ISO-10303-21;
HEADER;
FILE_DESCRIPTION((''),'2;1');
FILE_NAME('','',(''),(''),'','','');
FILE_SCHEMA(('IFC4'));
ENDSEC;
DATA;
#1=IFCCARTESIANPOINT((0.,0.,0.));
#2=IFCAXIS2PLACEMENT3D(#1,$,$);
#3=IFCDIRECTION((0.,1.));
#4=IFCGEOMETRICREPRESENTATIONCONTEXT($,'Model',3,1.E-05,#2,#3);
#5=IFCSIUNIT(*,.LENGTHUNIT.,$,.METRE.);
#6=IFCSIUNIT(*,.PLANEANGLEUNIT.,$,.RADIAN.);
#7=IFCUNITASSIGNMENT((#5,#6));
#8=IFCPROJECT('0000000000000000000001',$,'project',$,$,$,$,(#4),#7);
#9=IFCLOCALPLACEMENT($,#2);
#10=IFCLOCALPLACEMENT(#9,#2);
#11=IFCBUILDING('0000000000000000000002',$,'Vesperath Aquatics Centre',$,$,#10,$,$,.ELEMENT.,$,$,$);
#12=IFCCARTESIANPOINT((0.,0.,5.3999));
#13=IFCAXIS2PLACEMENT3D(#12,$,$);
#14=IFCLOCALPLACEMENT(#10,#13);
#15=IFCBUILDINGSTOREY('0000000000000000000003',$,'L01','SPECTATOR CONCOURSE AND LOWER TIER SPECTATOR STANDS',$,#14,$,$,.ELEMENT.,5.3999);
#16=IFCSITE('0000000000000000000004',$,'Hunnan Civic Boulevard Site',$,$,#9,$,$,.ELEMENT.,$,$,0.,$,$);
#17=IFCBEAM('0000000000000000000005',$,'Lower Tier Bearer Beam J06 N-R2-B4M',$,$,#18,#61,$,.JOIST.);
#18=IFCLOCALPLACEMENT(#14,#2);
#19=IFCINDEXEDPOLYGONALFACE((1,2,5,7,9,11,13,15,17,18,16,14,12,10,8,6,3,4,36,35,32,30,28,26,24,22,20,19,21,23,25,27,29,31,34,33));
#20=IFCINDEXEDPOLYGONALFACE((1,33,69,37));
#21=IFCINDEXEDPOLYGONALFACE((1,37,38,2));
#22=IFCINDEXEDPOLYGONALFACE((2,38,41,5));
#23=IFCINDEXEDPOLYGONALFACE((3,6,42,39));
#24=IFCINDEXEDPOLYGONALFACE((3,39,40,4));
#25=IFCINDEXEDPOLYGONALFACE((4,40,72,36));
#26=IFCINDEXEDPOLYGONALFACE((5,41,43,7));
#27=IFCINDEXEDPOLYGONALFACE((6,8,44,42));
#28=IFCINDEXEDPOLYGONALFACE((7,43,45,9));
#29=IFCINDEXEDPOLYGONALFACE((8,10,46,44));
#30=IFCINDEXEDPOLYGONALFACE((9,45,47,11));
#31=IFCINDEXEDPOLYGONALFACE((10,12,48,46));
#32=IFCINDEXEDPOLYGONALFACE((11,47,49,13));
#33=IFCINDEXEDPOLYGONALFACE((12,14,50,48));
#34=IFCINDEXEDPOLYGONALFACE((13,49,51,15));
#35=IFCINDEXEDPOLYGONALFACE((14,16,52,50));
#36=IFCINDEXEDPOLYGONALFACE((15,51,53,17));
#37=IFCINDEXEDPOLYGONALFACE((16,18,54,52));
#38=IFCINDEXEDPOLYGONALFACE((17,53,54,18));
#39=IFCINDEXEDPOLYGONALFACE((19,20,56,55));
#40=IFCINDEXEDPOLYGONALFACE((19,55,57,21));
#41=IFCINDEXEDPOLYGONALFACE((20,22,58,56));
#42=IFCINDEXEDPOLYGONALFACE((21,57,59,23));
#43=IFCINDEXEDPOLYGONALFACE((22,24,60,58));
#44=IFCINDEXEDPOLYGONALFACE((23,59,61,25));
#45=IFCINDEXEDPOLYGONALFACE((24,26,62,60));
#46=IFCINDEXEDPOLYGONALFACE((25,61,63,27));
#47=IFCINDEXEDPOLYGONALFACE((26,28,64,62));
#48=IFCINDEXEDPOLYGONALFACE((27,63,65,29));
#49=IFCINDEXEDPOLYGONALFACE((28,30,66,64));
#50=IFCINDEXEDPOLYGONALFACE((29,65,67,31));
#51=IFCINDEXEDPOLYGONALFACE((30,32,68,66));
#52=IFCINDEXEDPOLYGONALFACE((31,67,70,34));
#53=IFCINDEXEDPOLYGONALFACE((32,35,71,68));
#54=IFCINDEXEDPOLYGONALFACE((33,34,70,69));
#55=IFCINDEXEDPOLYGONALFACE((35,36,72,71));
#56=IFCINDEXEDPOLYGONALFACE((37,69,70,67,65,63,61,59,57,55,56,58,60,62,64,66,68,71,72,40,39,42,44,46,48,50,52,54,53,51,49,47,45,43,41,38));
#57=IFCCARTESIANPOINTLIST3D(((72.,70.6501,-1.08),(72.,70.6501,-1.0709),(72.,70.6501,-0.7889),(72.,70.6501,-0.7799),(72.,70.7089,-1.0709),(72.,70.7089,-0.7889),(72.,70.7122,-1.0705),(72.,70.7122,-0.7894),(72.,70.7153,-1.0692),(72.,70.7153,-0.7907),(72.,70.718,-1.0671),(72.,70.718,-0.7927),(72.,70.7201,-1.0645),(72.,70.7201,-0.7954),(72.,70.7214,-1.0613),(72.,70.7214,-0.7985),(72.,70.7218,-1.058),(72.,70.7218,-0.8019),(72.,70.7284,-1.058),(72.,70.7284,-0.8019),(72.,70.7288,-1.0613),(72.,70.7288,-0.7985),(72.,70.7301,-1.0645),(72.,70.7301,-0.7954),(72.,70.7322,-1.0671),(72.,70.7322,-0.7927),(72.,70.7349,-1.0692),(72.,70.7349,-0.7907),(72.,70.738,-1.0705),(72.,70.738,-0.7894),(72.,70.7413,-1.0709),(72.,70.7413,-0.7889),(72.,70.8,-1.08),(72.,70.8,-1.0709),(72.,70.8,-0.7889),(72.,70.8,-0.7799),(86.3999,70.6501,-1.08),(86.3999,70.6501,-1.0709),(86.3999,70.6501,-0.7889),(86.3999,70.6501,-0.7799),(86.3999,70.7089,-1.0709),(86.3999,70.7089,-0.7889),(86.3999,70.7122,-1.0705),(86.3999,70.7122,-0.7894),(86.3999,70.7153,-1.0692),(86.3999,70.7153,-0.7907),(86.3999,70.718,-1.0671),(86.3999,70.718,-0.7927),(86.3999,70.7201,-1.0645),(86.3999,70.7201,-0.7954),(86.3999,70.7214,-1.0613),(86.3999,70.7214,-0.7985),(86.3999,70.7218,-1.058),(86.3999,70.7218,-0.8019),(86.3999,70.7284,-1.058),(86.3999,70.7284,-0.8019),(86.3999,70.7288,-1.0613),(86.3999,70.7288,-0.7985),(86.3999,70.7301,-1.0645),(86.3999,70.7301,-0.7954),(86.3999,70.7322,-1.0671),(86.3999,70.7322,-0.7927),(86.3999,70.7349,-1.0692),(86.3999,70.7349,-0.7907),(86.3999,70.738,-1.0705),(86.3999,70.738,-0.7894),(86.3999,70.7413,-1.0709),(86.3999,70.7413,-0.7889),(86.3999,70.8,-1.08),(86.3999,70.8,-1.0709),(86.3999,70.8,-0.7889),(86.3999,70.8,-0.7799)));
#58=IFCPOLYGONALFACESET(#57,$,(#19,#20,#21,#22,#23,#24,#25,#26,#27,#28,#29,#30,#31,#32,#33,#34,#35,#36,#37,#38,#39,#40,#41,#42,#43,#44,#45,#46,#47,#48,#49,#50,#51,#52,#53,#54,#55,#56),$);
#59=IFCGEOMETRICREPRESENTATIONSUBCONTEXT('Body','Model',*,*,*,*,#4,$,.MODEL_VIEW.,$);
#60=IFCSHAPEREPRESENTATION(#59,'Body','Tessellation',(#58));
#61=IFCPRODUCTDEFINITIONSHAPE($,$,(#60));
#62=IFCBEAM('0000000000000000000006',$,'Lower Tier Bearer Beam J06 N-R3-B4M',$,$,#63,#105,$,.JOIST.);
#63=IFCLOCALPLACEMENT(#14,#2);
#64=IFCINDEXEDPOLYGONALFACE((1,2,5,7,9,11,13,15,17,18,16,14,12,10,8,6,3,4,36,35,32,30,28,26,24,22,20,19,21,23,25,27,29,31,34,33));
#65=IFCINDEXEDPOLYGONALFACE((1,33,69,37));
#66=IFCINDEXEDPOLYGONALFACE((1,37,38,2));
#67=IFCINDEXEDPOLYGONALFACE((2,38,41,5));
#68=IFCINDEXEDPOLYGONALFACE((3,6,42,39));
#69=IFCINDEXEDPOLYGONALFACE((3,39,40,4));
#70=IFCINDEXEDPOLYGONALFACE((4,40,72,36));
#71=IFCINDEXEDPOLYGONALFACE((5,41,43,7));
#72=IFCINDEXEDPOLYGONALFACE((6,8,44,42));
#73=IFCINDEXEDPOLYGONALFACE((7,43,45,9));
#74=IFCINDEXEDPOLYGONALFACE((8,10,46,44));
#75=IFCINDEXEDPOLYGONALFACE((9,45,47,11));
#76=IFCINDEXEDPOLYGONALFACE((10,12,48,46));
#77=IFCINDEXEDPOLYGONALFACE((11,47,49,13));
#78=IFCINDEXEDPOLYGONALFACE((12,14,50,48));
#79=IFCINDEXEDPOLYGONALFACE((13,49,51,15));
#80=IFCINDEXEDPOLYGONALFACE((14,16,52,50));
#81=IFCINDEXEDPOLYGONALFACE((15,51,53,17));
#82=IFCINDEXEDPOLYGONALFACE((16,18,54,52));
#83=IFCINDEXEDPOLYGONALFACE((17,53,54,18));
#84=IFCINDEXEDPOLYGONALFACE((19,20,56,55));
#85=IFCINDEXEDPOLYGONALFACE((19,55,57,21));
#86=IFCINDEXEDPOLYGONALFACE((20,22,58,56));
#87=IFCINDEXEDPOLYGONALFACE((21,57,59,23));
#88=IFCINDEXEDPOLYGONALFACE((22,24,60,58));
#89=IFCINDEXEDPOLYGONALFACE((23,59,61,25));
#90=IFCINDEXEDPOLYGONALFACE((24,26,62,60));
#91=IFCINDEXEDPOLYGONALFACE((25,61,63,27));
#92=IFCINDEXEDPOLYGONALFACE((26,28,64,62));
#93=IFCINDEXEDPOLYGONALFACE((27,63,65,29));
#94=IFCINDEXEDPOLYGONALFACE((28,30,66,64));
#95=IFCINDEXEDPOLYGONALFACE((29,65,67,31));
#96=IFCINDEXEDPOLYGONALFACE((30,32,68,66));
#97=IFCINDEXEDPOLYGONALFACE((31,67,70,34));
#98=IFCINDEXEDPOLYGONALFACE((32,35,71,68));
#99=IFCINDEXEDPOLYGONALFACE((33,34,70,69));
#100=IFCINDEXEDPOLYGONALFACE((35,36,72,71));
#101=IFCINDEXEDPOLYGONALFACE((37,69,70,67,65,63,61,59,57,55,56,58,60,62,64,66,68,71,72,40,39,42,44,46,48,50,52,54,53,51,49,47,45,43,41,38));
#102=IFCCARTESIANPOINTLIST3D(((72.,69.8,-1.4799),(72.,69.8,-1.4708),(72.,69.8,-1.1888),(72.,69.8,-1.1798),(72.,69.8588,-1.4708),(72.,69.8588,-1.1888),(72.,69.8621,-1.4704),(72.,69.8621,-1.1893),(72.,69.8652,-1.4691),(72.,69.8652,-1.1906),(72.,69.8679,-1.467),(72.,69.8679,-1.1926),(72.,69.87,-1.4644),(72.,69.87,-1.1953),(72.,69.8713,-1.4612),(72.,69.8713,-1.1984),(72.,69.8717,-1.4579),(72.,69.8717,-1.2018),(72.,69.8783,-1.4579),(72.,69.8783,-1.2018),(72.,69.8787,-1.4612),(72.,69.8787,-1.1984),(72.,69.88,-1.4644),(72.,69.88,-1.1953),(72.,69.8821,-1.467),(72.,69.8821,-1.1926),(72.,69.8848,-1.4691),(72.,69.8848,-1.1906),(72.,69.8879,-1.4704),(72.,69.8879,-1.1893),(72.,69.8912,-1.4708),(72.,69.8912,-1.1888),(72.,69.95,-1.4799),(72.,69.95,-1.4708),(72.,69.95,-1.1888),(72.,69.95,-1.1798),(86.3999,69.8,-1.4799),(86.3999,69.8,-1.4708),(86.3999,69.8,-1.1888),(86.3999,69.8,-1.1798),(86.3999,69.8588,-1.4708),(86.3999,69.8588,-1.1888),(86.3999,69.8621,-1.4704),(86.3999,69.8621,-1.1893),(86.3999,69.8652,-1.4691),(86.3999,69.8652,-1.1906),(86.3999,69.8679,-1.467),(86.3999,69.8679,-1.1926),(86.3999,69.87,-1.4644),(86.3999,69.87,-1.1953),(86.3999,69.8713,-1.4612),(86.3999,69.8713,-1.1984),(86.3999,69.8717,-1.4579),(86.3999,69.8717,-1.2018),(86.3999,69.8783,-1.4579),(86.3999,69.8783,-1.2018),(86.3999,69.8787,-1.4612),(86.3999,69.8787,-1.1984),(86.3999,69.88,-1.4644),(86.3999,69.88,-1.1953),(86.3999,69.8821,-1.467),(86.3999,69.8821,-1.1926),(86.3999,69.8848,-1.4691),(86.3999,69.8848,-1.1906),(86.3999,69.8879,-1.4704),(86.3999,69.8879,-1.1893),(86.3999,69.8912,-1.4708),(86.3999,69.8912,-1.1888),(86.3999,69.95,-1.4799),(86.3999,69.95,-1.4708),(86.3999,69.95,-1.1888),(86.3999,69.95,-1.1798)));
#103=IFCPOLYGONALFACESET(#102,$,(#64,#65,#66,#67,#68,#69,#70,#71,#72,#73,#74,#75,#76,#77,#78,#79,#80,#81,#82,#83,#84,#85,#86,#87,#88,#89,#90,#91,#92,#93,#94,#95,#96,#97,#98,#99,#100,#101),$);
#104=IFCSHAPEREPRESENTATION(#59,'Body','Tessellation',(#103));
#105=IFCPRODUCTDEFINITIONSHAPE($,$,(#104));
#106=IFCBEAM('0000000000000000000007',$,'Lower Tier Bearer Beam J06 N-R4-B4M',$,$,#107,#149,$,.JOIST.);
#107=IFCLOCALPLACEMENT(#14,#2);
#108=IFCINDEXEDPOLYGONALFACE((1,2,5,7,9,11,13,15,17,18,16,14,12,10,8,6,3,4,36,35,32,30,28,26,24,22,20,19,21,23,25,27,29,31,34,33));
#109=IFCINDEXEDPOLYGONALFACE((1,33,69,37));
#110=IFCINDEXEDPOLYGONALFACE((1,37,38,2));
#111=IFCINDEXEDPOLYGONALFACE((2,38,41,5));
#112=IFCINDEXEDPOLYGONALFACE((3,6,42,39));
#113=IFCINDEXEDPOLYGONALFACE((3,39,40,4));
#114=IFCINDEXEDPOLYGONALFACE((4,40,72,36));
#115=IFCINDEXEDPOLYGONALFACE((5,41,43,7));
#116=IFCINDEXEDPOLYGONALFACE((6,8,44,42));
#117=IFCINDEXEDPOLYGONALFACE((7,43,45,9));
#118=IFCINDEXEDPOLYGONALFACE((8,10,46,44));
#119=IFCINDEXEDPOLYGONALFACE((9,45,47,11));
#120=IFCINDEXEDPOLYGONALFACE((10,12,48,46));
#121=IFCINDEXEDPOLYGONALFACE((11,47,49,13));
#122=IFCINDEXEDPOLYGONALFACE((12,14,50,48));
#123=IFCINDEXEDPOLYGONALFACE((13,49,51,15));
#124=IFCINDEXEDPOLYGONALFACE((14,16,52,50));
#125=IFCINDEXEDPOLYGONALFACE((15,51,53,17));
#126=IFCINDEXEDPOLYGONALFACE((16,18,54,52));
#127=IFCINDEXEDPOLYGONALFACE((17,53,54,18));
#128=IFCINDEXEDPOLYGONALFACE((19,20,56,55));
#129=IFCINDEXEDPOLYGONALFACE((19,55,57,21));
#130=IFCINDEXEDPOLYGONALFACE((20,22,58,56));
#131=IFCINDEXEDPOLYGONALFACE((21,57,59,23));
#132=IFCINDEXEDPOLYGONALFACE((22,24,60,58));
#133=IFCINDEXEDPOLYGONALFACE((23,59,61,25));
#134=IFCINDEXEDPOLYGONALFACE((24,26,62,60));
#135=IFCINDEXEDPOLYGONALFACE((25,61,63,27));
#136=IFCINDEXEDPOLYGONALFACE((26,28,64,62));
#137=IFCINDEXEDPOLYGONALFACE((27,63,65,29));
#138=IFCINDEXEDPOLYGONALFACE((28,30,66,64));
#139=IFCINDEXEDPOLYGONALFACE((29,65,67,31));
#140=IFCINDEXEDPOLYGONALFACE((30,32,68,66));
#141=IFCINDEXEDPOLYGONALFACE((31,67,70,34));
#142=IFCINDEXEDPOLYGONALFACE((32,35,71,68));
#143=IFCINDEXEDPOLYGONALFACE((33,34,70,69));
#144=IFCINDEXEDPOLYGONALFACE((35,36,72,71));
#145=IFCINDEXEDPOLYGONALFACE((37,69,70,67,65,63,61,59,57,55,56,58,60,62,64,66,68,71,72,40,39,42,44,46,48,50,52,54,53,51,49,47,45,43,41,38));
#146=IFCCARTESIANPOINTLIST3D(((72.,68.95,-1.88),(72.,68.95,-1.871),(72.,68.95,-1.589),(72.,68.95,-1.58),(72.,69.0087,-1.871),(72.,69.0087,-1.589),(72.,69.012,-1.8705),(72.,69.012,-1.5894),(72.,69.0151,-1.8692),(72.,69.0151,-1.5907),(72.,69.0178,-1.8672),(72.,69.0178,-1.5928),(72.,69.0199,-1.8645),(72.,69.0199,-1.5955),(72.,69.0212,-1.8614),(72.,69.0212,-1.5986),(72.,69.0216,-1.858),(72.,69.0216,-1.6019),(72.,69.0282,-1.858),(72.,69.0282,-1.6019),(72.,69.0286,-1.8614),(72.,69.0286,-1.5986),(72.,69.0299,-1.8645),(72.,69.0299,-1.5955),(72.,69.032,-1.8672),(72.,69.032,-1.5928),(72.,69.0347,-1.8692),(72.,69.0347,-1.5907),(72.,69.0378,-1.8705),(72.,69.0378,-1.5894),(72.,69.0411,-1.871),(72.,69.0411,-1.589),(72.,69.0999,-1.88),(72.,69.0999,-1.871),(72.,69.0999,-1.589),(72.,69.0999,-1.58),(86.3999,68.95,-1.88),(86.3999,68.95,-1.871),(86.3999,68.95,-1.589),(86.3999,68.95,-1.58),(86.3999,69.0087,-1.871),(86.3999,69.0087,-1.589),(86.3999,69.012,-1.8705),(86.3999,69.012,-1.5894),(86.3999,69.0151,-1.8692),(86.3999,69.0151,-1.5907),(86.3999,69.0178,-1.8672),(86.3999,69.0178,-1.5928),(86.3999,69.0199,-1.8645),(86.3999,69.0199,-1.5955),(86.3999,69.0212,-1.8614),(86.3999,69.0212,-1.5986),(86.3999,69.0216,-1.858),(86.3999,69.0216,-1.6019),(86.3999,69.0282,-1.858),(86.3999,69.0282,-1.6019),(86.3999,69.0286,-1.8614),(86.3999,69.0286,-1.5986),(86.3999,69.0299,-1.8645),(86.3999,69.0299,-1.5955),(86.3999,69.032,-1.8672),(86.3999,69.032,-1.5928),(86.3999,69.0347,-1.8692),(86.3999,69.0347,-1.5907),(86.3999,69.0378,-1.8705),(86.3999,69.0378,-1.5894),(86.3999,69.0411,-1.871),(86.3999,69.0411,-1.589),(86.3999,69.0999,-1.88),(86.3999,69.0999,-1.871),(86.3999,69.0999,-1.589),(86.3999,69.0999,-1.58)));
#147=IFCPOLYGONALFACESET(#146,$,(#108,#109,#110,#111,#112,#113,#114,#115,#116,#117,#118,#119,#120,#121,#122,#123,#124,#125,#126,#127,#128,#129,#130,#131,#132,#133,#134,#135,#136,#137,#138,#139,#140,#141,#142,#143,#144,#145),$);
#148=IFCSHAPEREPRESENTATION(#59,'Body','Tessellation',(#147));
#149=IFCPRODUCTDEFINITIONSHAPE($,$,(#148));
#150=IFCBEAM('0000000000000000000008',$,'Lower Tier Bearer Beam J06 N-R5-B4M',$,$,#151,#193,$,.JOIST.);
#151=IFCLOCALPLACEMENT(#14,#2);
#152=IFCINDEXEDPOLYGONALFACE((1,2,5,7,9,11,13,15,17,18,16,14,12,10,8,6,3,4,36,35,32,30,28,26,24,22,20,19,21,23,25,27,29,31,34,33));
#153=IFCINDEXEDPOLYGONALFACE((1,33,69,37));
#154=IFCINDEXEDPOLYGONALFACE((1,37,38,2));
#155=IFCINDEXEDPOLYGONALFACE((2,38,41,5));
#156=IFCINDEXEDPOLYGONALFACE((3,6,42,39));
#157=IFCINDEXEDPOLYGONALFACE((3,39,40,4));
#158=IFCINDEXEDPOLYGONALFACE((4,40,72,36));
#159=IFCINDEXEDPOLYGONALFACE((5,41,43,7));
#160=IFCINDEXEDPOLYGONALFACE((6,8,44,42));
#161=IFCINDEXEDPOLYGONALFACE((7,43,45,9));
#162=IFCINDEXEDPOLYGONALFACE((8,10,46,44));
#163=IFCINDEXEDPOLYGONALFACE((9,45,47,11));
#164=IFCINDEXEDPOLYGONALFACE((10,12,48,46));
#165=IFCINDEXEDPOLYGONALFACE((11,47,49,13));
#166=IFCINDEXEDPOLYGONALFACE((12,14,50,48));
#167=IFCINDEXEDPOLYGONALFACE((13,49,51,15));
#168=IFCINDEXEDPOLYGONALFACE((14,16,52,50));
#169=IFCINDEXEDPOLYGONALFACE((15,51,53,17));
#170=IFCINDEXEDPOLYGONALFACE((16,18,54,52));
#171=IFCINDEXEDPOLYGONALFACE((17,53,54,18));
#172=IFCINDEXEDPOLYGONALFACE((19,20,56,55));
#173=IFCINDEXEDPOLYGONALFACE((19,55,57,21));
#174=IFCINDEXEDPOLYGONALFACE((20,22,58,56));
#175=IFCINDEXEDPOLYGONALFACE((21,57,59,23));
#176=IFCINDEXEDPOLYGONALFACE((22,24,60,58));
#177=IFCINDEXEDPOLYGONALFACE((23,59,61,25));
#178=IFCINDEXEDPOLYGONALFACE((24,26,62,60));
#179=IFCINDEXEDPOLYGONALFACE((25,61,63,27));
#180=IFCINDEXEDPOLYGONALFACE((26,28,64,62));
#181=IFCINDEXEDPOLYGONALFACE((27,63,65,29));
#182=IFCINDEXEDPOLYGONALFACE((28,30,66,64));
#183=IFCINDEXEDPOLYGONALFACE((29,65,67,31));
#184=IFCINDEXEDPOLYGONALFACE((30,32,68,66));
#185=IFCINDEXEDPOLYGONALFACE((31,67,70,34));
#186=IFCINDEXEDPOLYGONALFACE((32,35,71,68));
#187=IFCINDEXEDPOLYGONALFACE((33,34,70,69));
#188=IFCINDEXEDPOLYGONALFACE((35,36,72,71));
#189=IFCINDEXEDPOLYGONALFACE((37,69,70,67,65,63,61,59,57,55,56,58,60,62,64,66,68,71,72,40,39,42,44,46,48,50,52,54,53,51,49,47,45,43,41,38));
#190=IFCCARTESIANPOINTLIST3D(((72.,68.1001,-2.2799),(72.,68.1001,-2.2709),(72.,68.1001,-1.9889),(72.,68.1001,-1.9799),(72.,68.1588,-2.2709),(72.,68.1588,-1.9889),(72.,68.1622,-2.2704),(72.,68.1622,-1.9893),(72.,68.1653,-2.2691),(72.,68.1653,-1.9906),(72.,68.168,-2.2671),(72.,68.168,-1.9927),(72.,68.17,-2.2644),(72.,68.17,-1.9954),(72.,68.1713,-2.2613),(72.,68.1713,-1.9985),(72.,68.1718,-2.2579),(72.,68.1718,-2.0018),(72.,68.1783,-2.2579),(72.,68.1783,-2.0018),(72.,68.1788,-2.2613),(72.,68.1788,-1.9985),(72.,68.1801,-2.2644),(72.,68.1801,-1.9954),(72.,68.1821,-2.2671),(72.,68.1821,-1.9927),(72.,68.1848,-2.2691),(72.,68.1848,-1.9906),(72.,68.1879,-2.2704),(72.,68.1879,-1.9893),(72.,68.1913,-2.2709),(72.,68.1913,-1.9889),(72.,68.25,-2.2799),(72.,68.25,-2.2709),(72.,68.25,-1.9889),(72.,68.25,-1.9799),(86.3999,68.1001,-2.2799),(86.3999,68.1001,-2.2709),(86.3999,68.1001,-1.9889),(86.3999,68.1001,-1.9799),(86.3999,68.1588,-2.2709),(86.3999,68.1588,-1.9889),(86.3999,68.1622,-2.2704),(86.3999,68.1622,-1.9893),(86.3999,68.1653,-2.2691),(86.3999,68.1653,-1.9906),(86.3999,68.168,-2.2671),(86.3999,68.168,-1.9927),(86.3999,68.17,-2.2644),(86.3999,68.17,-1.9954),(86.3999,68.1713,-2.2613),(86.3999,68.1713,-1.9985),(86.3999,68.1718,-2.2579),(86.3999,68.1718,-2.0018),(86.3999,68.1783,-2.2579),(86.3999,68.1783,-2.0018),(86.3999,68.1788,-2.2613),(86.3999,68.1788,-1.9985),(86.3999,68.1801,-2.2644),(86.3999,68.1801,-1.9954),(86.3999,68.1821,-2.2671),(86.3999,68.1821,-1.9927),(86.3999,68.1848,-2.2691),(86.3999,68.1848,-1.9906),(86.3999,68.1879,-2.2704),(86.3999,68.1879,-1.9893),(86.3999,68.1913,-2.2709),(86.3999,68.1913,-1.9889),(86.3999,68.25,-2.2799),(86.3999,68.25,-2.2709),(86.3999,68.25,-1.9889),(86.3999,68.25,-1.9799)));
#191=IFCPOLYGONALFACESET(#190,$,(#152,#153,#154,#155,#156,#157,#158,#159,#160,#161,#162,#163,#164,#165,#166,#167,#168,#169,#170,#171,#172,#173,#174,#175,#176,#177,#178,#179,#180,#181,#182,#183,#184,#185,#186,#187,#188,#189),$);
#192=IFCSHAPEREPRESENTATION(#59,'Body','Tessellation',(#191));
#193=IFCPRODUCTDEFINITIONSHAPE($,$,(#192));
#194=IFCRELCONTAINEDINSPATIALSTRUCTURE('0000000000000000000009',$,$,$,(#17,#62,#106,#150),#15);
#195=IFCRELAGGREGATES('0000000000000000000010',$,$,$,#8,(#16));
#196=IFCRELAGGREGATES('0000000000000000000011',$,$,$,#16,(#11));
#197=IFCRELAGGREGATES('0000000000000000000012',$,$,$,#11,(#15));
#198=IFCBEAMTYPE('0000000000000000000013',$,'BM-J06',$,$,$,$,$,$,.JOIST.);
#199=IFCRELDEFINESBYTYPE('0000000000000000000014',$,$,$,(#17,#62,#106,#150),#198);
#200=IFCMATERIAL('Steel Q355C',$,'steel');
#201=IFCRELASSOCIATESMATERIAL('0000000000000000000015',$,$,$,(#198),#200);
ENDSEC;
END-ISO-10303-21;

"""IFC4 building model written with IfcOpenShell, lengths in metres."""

from ifc_helpers import new_model, si_unit, direction, frame, origin, origin_2d, place, context, subcontext, project, spatial, i_section, extrude, material, material_profile, profile_set, type_object, element, save


model = new_model("IFC4")

# Units and contexts
model_context = context("Model", 3, precision=1e-05, world=origin(), true_north=direction((0.0, 1.0)))
body_context = subcontext(model_context, "Body", "Model", "MODEL_VIEW")
ifc_project = project(units=[si_unit("LENGTHUNIT", "METRE"), si_unit("PLANEANGLEUNIT", "RADIAN")], contexts=[model_context])

# Site, building, storey
site_placement = place(None, origin())
site = spatial("IfcSite", under=ifc_project, at=site_placement, Name="Hunnan Civic Boulevard Site", CompositionType="ELEMENT", RefElevation=0.0)
building_placement = place(site_placement, origin())
building = spatial("IfcBuilding", under=site, at=building_placement, Name="Vesperath Aquatics Centre", CompositionType="ELEMENT")
storey_placement = place(building_placement, frame((0.0, 0.0, 5.3999)))
storey = spatial("IfcBuildingStorey", under=building, at=storey_placement, Name="L01", Description="SPECTATOR CONCOURSE AND LOWER TIER SPECTATOR STANDS", CompositionType="ELEMENT", Elevation=5.3999)

# Beams
ifc_material_1 = material(Name="Steel Q355C", Category="steel")
ifc_material_profile_1 = material_profile(ifc_material_1, i_section(OverallWidth=0.1499, OverallDepth=0.3, WebThickness=0.0066, FlangeThickness=0.009, FilletRadius=0.0129, at=origin_2d()), Name="HN 300x150x6.5x9")
ifc_profile_set_1 = profile_set([ifc_material_profile_1], Name="Steel Q355C")
beam_type_1 = type_object("IfcBeamType", Name="BM-J06", PredefinedType="JOIST", material=ifc_profile_set_1)
for number, where, z_axis, x_axis, name in (
    (1, (72.0, 70.7251, -0.9299), (1.0, 0.0, 0.0), (0.0, 1.0, 0.0), "Lower Tier Bearer Beam J06 N-R2-B4M"),
    (2, (72.0, 69.875, -1.3298), (1.0, 0.0, 0.0), (0.0, 1.0, 0.0), "Lower Tier Bearer Beam J06 N-R3-B4M"),
    (3, (72.0, 69.0249, -1.73), (1.0, 0.0, 0.0), (0.0, 1.0, 0.0), "Lower Tier Bearer Beam J06 N-R4-B4M"),
    (4, (72.0, 68.175, -2.1299), (1.0, 0.0, 0.0), (0.0, 1.0, 0.0), "Lower Tier Bearer Beam J06 N-R5-B4M"),
):
    element("IfcBeam", number, at=place(storey_placement, frame(where, z_axis=z_axis, x_axis=x_axis)), inside=storey, type_object=beam_type_1, Name=name, PredefinedType="JOIST", context=body_context, shape_type="SweptSolid", body=[
        extrude(i_section(OverallWidth=0.1499, OverallDepth=0.3, WebThickness=0.0066, FlangeThickness=0.009, FilletRadius=0.0129, at=origin_2d()), origin(), (0.0, 0.0, 1.0), 14.3999),
    ])

save(model, "model.ifc")
